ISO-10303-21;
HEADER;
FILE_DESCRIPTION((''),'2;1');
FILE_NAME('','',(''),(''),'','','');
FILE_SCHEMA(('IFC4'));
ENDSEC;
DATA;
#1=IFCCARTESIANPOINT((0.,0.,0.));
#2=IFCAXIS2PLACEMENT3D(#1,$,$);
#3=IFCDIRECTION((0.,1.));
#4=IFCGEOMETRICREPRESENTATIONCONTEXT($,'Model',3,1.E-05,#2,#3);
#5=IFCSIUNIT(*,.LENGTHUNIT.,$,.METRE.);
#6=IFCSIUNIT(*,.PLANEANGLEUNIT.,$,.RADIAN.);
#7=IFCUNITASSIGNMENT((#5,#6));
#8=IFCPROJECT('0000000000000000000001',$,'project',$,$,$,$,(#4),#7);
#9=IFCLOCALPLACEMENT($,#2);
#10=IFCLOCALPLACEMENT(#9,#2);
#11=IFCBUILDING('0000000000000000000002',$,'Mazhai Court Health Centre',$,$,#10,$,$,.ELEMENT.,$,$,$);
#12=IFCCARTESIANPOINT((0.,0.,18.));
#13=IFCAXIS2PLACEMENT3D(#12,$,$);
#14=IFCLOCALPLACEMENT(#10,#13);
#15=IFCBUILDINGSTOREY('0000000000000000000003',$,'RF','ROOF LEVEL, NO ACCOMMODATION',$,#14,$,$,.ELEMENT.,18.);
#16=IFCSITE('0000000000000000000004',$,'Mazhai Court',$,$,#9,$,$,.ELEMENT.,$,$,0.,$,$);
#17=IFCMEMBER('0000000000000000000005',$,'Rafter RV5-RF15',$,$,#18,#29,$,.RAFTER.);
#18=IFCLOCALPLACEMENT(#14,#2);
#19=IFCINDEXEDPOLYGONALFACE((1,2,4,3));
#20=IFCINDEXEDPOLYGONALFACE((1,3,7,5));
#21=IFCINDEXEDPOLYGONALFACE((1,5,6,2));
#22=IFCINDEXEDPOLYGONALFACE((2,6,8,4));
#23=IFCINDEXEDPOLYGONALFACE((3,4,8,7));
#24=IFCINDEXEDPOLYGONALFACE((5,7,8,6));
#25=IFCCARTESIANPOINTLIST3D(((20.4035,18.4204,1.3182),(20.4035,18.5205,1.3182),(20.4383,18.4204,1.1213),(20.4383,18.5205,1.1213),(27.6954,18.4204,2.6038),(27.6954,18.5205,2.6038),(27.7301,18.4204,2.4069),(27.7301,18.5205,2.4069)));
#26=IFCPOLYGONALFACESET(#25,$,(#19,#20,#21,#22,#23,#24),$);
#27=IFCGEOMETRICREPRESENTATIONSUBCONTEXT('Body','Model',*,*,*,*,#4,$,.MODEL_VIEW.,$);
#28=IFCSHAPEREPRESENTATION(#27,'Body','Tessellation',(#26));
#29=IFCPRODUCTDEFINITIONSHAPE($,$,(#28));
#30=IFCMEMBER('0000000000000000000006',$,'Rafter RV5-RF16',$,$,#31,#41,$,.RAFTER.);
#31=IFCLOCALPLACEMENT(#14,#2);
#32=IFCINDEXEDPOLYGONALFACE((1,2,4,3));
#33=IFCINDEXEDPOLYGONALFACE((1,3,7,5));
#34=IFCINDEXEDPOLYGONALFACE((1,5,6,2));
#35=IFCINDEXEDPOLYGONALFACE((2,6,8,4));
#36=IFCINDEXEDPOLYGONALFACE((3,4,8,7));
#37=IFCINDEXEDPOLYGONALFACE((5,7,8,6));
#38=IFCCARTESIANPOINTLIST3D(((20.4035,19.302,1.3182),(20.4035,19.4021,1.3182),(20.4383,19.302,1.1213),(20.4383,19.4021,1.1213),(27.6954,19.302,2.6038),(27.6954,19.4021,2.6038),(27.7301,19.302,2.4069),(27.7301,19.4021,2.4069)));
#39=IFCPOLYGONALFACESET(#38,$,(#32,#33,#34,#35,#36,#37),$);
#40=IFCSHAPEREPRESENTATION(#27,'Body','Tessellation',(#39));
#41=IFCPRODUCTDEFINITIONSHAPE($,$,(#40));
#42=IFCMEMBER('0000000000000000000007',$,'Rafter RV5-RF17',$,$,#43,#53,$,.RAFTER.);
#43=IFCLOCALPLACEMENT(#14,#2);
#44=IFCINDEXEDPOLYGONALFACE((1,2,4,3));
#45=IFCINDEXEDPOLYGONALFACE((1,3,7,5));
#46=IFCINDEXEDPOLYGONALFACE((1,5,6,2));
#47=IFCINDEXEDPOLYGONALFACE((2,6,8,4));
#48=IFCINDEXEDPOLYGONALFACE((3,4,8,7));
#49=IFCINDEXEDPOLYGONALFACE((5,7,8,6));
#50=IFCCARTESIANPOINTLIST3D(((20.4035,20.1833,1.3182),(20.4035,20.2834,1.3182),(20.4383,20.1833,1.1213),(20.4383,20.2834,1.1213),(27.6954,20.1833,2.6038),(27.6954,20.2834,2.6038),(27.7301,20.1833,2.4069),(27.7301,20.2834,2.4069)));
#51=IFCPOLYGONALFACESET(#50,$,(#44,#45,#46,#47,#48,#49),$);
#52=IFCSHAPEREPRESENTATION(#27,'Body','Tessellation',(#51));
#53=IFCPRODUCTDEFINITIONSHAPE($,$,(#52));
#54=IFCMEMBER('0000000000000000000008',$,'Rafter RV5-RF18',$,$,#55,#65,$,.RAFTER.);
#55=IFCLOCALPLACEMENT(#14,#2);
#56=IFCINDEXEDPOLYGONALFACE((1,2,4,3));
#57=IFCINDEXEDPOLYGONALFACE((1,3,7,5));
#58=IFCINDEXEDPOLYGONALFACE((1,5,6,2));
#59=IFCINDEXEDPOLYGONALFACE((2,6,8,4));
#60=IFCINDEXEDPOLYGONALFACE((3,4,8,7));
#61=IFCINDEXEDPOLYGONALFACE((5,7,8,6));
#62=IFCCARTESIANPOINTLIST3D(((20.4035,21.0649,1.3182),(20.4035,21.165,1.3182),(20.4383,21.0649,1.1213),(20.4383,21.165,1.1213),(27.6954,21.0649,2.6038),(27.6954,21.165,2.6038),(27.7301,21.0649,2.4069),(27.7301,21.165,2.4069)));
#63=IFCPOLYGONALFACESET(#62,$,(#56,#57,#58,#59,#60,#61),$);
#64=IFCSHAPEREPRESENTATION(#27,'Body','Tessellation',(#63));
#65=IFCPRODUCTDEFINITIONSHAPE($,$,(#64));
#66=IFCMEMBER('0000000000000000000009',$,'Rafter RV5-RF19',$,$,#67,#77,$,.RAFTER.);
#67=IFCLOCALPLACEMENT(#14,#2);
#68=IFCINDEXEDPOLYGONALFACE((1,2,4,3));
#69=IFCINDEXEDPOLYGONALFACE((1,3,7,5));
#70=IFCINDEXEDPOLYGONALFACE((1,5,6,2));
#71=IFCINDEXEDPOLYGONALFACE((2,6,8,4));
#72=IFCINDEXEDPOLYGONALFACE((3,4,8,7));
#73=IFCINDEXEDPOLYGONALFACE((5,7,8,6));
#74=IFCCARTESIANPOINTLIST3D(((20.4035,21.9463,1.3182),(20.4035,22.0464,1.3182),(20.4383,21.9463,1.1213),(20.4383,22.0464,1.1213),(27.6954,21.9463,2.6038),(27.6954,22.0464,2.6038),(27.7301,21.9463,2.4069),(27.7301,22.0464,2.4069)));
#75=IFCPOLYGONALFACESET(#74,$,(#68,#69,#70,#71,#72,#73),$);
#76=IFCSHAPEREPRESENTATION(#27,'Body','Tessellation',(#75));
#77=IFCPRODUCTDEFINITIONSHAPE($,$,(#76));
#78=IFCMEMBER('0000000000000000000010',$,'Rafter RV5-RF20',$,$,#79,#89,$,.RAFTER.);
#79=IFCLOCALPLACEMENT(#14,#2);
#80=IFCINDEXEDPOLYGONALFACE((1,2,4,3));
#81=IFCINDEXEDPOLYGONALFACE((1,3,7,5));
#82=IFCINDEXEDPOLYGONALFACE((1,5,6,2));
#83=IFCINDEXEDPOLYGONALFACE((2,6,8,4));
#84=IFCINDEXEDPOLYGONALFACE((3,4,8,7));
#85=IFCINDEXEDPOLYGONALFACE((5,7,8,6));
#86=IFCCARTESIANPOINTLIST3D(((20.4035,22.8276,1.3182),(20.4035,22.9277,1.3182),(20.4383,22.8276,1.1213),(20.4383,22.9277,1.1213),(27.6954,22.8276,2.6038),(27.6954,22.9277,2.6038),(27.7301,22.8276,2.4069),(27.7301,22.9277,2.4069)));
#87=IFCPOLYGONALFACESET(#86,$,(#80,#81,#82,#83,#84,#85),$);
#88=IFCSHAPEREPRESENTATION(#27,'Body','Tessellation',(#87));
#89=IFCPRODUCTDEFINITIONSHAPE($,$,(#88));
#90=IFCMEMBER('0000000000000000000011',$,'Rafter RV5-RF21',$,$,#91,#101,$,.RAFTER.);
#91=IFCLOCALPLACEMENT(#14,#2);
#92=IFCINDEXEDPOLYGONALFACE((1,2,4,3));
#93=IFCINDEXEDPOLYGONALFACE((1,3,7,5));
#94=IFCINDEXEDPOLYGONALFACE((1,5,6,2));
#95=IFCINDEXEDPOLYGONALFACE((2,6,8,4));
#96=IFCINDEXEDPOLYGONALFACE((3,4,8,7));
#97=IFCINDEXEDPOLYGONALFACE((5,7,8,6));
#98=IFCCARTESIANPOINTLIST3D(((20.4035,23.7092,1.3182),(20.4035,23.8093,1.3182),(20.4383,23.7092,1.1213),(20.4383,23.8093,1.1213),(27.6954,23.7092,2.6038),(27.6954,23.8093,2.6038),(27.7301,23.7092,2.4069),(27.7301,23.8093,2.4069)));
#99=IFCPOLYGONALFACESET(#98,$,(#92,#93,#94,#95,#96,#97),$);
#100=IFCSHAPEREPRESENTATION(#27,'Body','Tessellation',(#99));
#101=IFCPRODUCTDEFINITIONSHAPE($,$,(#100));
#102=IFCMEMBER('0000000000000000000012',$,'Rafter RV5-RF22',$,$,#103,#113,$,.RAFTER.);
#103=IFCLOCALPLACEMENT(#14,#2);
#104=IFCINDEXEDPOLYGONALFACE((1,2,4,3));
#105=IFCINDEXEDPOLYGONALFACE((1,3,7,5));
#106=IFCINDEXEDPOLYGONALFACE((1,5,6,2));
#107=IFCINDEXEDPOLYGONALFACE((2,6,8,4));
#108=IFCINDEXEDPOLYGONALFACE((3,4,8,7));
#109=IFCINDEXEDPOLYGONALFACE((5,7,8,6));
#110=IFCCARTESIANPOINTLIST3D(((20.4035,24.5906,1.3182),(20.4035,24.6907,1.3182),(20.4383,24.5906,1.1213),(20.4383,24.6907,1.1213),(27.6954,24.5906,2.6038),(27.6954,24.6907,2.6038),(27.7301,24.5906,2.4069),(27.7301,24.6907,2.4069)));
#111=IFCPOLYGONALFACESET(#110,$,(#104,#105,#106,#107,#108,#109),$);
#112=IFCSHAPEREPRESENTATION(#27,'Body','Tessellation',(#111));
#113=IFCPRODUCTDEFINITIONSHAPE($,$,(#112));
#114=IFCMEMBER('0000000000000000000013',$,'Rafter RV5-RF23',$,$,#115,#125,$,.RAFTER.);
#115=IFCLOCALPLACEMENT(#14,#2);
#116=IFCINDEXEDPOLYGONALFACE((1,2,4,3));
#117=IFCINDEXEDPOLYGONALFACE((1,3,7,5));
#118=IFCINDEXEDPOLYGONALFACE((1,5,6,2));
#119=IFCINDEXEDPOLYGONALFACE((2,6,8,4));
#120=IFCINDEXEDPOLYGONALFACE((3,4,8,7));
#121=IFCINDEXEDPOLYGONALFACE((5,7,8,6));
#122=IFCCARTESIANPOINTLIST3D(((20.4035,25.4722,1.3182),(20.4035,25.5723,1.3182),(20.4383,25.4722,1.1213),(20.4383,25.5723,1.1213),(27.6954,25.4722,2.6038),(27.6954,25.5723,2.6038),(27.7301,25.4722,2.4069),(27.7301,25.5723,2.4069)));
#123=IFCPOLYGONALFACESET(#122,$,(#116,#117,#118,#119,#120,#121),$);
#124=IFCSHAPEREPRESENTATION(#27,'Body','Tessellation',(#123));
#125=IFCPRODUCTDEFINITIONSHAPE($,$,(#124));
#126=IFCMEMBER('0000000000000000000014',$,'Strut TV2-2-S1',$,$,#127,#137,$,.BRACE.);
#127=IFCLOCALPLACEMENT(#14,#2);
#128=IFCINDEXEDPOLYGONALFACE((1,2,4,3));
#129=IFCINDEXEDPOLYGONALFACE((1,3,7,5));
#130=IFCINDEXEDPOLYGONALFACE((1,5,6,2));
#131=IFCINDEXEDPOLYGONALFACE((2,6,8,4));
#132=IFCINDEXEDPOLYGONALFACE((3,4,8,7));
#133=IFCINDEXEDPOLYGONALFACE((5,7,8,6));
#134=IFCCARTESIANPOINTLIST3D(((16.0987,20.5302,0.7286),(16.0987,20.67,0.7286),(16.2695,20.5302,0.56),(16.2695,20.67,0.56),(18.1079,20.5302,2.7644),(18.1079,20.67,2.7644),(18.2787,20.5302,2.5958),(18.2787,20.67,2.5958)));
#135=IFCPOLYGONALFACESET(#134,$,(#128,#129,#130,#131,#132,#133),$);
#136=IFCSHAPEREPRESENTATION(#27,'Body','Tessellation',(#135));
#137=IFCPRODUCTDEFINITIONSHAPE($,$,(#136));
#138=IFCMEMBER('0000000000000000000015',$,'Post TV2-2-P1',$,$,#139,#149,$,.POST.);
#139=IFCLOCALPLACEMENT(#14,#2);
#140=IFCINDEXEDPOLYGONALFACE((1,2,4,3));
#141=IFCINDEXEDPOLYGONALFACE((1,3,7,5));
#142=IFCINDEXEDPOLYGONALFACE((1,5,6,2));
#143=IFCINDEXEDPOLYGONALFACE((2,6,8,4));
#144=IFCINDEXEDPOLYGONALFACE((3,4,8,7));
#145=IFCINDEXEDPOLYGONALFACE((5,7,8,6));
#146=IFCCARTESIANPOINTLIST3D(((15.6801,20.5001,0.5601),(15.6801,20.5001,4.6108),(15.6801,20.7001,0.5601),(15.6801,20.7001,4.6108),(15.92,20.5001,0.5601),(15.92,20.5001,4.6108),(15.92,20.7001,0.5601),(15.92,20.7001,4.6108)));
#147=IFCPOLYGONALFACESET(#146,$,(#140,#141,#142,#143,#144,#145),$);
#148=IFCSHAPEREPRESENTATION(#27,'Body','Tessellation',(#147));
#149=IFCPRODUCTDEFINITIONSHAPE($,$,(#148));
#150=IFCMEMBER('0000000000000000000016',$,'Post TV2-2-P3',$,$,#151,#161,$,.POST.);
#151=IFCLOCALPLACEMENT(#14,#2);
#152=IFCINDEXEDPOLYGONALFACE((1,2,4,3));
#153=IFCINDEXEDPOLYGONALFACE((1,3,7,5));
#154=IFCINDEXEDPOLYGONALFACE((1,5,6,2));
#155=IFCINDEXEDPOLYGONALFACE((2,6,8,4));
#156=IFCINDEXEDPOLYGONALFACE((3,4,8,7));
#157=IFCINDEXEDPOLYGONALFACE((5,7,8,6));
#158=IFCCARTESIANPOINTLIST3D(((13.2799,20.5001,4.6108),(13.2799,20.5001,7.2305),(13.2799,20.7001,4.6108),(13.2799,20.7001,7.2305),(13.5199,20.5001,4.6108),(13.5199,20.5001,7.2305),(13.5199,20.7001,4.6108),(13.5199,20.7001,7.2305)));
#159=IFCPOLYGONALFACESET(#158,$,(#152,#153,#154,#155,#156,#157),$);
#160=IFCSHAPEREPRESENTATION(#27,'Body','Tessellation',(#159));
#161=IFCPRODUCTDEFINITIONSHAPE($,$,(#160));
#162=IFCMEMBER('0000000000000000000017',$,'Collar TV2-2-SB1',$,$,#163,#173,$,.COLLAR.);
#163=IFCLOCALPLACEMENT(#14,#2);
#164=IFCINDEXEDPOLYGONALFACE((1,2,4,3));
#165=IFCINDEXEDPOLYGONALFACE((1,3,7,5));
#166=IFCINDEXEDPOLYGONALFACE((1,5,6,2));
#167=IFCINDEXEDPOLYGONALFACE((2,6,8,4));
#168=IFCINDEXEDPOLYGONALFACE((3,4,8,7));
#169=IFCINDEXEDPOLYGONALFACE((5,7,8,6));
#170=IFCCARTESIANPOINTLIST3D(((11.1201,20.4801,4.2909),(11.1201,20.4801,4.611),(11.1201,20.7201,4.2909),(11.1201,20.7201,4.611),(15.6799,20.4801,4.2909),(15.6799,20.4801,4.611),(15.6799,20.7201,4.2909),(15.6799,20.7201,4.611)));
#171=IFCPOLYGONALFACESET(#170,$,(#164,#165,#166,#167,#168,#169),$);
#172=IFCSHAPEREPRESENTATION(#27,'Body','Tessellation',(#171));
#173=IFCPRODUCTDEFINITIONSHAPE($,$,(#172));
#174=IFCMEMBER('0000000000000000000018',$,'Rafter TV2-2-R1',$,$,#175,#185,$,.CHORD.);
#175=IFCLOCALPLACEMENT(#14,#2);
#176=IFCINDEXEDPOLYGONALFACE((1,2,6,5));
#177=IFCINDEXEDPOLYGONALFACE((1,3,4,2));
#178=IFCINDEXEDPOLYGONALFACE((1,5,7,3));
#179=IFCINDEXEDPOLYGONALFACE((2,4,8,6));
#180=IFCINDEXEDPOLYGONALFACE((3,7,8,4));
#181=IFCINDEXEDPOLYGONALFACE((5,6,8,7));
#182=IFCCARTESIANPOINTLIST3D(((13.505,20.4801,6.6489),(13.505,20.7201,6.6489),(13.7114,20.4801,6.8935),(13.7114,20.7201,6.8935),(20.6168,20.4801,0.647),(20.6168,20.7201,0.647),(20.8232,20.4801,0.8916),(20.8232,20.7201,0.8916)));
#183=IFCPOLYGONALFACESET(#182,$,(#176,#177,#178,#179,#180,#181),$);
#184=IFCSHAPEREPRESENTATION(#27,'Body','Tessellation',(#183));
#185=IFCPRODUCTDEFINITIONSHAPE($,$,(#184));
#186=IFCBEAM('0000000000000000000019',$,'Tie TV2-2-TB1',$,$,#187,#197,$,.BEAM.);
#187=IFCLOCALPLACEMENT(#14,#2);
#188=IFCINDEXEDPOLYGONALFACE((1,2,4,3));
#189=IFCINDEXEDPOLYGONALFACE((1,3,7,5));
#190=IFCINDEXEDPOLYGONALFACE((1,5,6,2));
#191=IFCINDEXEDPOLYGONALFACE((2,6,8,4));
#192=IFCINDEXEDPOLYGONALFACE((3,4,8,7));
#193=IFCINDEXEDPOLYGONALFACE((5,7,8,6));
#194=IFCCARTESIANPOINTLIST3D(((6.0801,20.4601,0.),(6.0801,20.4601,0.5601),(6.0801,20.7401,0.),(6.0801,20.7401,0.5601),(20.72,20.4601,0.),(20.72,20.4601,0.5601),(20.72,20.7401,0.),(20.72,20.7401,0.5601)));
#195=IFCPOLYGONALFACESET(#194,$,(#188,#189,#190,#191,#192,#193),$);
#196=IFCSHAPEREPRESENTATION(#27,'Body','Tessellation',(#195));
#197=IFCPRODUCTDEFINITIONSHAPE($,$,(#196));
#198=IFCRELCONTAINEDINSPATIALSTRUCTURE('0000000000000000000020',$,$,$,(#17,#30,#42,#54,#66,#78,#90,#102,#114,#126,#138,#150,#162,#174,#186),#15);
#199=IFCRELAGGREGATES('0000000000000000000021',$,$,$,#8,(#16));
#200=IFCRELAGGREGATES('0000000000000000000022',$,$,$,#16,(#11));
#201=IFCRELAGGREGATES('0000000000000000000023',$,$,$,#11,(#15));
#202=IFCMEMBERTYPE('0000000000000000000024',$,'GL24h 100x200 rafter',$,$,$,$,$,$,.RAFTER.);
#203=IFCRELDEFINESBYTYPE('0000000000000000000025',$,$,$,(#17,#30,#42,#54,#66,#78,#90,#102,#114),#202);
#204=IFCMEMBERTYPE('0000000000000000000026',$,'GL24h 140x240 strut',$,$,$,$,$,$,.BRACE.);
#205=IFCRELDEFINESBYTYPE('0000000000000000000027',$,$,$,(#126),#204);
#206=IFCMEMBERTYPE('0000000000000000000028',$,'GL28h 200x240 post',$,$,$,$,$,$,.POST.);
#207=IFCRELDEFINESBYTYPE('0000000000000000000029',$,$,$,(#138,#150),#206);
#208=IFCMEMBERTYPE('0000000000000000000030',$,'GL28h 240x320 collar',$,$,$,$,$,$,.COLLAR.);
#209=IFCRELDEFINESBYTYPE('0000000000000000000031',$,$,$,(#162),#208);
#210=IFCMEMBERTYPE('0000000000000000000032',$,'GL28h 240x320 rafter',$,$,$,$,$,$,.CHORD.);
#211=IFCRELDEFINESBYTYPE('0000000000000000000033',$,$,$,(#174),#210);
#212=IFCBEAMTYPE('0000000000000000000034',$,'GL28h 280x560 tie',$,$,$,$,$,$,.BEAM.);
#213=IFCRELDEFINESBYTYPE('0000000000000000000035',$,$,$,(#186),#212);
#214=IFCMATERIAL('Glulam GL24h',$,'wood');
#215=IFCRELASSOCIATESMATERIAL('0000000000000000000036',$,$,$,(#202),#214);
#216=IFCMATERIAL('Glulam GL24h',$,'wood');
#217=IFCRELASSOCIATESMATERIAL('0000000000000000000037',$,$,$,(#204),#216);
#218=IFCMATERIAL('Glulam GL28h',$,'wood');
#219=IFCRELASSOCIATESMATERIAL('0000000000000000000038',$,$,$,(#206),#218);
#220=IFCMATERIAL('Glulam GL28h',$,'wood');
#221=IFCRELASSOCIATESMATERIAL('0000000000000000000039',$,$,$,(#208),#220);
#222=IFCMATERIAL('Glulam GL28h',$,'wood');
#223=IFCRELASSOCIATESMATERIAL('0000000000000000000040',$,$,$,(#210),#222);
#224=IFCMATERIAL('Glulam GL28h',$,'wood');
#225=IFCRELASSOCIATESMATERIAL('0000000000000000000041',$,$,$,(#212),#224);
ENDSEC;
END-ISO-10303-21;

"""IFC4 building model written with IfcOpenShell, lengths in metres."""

from ifc_helpers import new_model, si_unit, direction, frame, origin, origin_2d, place, context, subcontext, project, spatial, rectangle, extrude, material, material_profile, profile_set, type_object, element, save


model = new_model("IFC4")

# Units and contexts
model_context = context("Model", 3, precision=1e-05, world=origin(), true_north=direction((0.0, 1.0)))
body_context = subcontext(model_context, "Body", "Model", "MODEL_VIEW")
ifc_project = project(units=[si_unit("LENGTHUNIT", "METRE"), si_unit("PLANEANGLEUNIT", "RADIAN")], contexts=[model_context])

# Site, building, storey
site_placement = place(None, origin())
site = spatial("IfcSite", under=ifc_project, at=site_placement, Name="Mazhai Court", CompositionType="ELEMENT", RefElevation=0.0)
building_placement = place(site_placement, origin())
building = spatial("IfcBuilding", under=site, at=building_placement, Name="Mazhai Court Health Centre", CompositionType="ELEMENT")
storey_placement = place(building_placement, frame((0.0, 0.0, 18.0)))
storey = spatial("IfcBuildingStorey", under=building, at=storey_placement, Name="RF", Description="ROOF LEVEL, NO ACCOMMODATION", CompositionType="ELEMENT", Elevation=18.0)

# Members
ifc_material_1 = material(Name="Glulam GL24h", Category="wood")
ifc_material_profile_1 = material_profile(ifc_material_1, rectangle(XDim=0.1001, YDim=0.2, at=origin_2d()), Name="GL24h 100x200")
ifc_profile_set_1 = profile_set([ifc_material_profile_1], Name="Glulam GL24h")
member_type_1 = type_object("IfcMemberType", Name="GL24h 100x200 rafter", PredefinedType="RAFTER", material=ifc_profile_set_1)
for number, where, z_axis, x_axis, name in (
    (1, (20.4209, 18.4705, 1.2197), (0.98481, 0.0, 0.173637), (0.0, 1.0, 0.0), "Rafter RV5-RF15"),
    (2, (20.4209, 19.3521, 1.2197), (0.98481, 0.0, 0.173637), (0.0, 1.0, 0.0), "Rafter RV5-RF16"),
    (3, (20.4209, 20.2334, 1.2197), (0.98481, 0.0, 0.173637), (0.0, 1.0, 0.0), "Rafter RV5-RF17"),
    (4, (20.4209, 21.115, 1.2197), (0.98481, 0.0, 0.173637), (0.0, 1.0, 0.0), "Rafter RV5-RF18"),
    (5, (20.4209, 21.9963, 1.2197), (0.98481, 0.0, 0.173637), (0.0, 1.0, 0.0), "Rafter RV5-RF19"),
    (6, (20.4209, 22.8777, 1.2197), (0.98481, 0.0, 0.173637), (0.0, 1.0, 0.0), "Rafter RV5-RF20"),
    (7, (20.4209, 23.7593, 1.2197), (0.98481, 0.0, 0.173637), (0.0, 1.0, 0.0), "Rafter RV5-RF21"),
    (8, (20.4209, 24.6406, 1.2197), (0.98481, 0.0, 0.173637), (0.0, 1.0, 0.0), "Rafter RV5-RF22"),
    (9, (20.4209, 25.5222, 1.2197), (0.98481, 0.0, 0.173637), (0.0, 1.0, 0.0), "Rafter RV5-RF23"),
):
    element("IfcMember", number, at=place(storey_placement, frame(where, z_axis=z_axis, x_axis=x_axis)), inside=storey, type_object=member_type_1, Name=name, PredefinedType="RAFTER", context=body_context, shape_type="SweptSolid", body=[
        extrude(rectangle(XDim=0.1001, YDim=0.2, at=origin_2d()), origin(), (0.0, 0.0, 1.0), 7.4043),
    ])
ifc_material_2 = material(Name="Glulam GL24h", Category="wood")
ifc_material_profile_2 = material_profile(ifc_material_2, rectangle(XDim=0.1399, YDim=0.24, at=origin_2d()), Name="GL24h 140x240")
ifc_profile_set_2 = profile_set([ifc_material_profile_2], Name="Glulam GL24h")
member_type_2 = type_object("IfcMemberType", Name="GL24h 140x240 strut", PredefinedType="BRACE", material=ifc_profile_set_2)
member_1_placement = place(storey_placement, frame((16.1841, 20.6001, 0.6443), z_axis=(0.70244, 0.0, 0.711743), x_axis=(0.0, 1.0, 0.0)))
element("IfcMember", 10, at=member_1_placement, inside=storey, type_object=member_type_2, Name="Strut TV2-2-S1", PredefinedType="BRACE", context=body_context, shape_type="SweptSolid", body=[
    extrude(rectangle(XDim=0.1399, YDim=0.24, at=origin_2d()), origin(), (0.0, 0.0, 1.0), 2.8604),
])
ifc_material_3 = material(Name="Glulam GL28h", Category="wood")
ifc_material_profile_3 = material_profile(ifc_material_3, rectangle(XDim=0.2, YDim=0.24, at=origin_2d()), Name="GL28h 200x240")
ifc_profile_set_3 = profile_set([ifc_material_profile_3], Name="Glulam GL28h")
member_type_3 = type_object("IfcMemberType", Name="GL28h 200x240 post", PredefinedType="POST", material=ifc_profile_set_3)
member_2_placement = place(storey_placement, frame((15.8, 20.6001, 0.5601), z_axis=(0.0, 0.0, 1.0), x_axis=(0.0, 1.0, 0.0)))
element("IfcMember", 11, at=member_2_placement, inside=storey, type_object=member_type_3, Name="Post TV2-2-P1", PredefinedType="POST", context=body_context, shape_type="SweptSolid", body=[
    extrude(rectangle(XDim=0.2, YDim=0.24, at=origin_2d()), origin(), (0.0, 0.0, 1.0), 4.0508),
])
member_3_placement = place(storey_placement, frame((13.3999, 20.6001, 4.6108), z_axis=(0.0, 0.0, 1.0), x_axis=(0.0, 1.0, 0.0)))
element("IfcMember", 12, at=member_3_placement, inside=storey, type_object=member_type_3, Name="Post TV2-2-P3", PredefinedType="POST", context=body_context, shape_type="SweptSolid", body=[
    extrude(rectangle(XDim=0.2, YDim=0.24, at=origin_2d()), origin(), (0.0, 0.0, 1.0), 2.6196),
])
ifc_material_4 = material(Name="Glulam GL28h", Category="wood")
ifc_material_profile_4 = material_profile(ifc_material_4, rectangle(XDim=0.24, YDim=0.3201, at=origin_2d()), Name="GL28h 240x320")
ifc_profile_set_4 = profile_set([ifc_material_profile_4], Name="Glulam GL28h")
member_type_4 = type_object("IfcMemberType", Name="GL28h 240x320 collar", PredefinedType="COLLAR", material=ifc_profile_set_4)
member_4_placement = place(storey_placement, frame((15.6799, 20.6001, 4.4509), z_axis=(-1.0, 0.0, 0.0), x_axis=(0.0, -1.0, 0.0)))
element("IfcMember", 13, at=member_4_placement, inside=storey, type_object=member_type_4, Name="Collar TV2-2-SB1", PredefinedType="COLLAR", context=body_context, shape_type="SweptSolid", body=[
    extrude(rectangle(XDim=0.24, YDim=0.3201, at=origin_2d()), origin(), (0.0, 0.0, 1.0), 4.5598),
])
ifc_material_5 = material(Name="Glulam GL28h", Category="wood")
ifc_material_profile_5 = material_profile(ifc_material_5, rectangle(XDim=0.24, YDim=0.3201, at=origin_2d()), Name="GL28h 240x320")
ifc_profile_set_5 = profile_set([ifc_material_profile_5], Name="Glulam GL28h")
member_type_5 = type_object("IfcMemberType", Name="GL28h 240x320 rafter", PredefinedType="CHORD", material=ifc_profile_set_5)
member_5_placement = place(storey_placement, frame((20.72, 20.6001, 0.7693), z_axis=(-0.76422, 0.0, 0.644956), x_axis=(0.0, -1.0, 0.0)))
element("IfcMember", 14, at=member_5_placement, inside=storey, type_object=member_type_5, Name="Rafter TV2-2-R1", PredefinedType="CHORD", context=body_context, shape_type="SweptSolid", body=[
    extrude(rectangle(XDim=0.24, YDim=0.3201, at=origin_2d()), origin(), (0.0, 0.0, 1.0), 9.3059),
])

# Beam
ifc_material_6 = material(Name="Glulam GL28h", Category="wood")
ifc_material_profile_6 = material_profile(ifc_material_6, rectangle(XDim=0.28, YDim=0.5601, at=origin_2d()), Name="GL28h 280x560")
ifc_profile_set_6 = profile_set([ifc_material_profile_6], Name="Glulam GL28h")
beam_type = type_object("IfcBeamType", Name="GL28h 280x560 tie", PredefinedType="BEAM", material=ifc_profile_set_6)
beam_placement = place(storey_placement, frame((20.72, 20.6001, 0.28), z_axis=(-1.0, 0.0, 0.0), x_axis=(0.0, -1.0, 0.0)))
element("IfcBeam", 15, at=beam_placement, inside=storey, type_object=beam_type, Name="Tie TV2-2-TB1", PredefinedType="BEAM", context=body_context, shape_type="SweptSolid", body=[
    extrude(rectangle(XDim=0.28, YDim=0.5601, at=origin_2d()), origin(), (0.0, 0.0, 1.0), 14.6399),
])

save(model, "model.ifc")
